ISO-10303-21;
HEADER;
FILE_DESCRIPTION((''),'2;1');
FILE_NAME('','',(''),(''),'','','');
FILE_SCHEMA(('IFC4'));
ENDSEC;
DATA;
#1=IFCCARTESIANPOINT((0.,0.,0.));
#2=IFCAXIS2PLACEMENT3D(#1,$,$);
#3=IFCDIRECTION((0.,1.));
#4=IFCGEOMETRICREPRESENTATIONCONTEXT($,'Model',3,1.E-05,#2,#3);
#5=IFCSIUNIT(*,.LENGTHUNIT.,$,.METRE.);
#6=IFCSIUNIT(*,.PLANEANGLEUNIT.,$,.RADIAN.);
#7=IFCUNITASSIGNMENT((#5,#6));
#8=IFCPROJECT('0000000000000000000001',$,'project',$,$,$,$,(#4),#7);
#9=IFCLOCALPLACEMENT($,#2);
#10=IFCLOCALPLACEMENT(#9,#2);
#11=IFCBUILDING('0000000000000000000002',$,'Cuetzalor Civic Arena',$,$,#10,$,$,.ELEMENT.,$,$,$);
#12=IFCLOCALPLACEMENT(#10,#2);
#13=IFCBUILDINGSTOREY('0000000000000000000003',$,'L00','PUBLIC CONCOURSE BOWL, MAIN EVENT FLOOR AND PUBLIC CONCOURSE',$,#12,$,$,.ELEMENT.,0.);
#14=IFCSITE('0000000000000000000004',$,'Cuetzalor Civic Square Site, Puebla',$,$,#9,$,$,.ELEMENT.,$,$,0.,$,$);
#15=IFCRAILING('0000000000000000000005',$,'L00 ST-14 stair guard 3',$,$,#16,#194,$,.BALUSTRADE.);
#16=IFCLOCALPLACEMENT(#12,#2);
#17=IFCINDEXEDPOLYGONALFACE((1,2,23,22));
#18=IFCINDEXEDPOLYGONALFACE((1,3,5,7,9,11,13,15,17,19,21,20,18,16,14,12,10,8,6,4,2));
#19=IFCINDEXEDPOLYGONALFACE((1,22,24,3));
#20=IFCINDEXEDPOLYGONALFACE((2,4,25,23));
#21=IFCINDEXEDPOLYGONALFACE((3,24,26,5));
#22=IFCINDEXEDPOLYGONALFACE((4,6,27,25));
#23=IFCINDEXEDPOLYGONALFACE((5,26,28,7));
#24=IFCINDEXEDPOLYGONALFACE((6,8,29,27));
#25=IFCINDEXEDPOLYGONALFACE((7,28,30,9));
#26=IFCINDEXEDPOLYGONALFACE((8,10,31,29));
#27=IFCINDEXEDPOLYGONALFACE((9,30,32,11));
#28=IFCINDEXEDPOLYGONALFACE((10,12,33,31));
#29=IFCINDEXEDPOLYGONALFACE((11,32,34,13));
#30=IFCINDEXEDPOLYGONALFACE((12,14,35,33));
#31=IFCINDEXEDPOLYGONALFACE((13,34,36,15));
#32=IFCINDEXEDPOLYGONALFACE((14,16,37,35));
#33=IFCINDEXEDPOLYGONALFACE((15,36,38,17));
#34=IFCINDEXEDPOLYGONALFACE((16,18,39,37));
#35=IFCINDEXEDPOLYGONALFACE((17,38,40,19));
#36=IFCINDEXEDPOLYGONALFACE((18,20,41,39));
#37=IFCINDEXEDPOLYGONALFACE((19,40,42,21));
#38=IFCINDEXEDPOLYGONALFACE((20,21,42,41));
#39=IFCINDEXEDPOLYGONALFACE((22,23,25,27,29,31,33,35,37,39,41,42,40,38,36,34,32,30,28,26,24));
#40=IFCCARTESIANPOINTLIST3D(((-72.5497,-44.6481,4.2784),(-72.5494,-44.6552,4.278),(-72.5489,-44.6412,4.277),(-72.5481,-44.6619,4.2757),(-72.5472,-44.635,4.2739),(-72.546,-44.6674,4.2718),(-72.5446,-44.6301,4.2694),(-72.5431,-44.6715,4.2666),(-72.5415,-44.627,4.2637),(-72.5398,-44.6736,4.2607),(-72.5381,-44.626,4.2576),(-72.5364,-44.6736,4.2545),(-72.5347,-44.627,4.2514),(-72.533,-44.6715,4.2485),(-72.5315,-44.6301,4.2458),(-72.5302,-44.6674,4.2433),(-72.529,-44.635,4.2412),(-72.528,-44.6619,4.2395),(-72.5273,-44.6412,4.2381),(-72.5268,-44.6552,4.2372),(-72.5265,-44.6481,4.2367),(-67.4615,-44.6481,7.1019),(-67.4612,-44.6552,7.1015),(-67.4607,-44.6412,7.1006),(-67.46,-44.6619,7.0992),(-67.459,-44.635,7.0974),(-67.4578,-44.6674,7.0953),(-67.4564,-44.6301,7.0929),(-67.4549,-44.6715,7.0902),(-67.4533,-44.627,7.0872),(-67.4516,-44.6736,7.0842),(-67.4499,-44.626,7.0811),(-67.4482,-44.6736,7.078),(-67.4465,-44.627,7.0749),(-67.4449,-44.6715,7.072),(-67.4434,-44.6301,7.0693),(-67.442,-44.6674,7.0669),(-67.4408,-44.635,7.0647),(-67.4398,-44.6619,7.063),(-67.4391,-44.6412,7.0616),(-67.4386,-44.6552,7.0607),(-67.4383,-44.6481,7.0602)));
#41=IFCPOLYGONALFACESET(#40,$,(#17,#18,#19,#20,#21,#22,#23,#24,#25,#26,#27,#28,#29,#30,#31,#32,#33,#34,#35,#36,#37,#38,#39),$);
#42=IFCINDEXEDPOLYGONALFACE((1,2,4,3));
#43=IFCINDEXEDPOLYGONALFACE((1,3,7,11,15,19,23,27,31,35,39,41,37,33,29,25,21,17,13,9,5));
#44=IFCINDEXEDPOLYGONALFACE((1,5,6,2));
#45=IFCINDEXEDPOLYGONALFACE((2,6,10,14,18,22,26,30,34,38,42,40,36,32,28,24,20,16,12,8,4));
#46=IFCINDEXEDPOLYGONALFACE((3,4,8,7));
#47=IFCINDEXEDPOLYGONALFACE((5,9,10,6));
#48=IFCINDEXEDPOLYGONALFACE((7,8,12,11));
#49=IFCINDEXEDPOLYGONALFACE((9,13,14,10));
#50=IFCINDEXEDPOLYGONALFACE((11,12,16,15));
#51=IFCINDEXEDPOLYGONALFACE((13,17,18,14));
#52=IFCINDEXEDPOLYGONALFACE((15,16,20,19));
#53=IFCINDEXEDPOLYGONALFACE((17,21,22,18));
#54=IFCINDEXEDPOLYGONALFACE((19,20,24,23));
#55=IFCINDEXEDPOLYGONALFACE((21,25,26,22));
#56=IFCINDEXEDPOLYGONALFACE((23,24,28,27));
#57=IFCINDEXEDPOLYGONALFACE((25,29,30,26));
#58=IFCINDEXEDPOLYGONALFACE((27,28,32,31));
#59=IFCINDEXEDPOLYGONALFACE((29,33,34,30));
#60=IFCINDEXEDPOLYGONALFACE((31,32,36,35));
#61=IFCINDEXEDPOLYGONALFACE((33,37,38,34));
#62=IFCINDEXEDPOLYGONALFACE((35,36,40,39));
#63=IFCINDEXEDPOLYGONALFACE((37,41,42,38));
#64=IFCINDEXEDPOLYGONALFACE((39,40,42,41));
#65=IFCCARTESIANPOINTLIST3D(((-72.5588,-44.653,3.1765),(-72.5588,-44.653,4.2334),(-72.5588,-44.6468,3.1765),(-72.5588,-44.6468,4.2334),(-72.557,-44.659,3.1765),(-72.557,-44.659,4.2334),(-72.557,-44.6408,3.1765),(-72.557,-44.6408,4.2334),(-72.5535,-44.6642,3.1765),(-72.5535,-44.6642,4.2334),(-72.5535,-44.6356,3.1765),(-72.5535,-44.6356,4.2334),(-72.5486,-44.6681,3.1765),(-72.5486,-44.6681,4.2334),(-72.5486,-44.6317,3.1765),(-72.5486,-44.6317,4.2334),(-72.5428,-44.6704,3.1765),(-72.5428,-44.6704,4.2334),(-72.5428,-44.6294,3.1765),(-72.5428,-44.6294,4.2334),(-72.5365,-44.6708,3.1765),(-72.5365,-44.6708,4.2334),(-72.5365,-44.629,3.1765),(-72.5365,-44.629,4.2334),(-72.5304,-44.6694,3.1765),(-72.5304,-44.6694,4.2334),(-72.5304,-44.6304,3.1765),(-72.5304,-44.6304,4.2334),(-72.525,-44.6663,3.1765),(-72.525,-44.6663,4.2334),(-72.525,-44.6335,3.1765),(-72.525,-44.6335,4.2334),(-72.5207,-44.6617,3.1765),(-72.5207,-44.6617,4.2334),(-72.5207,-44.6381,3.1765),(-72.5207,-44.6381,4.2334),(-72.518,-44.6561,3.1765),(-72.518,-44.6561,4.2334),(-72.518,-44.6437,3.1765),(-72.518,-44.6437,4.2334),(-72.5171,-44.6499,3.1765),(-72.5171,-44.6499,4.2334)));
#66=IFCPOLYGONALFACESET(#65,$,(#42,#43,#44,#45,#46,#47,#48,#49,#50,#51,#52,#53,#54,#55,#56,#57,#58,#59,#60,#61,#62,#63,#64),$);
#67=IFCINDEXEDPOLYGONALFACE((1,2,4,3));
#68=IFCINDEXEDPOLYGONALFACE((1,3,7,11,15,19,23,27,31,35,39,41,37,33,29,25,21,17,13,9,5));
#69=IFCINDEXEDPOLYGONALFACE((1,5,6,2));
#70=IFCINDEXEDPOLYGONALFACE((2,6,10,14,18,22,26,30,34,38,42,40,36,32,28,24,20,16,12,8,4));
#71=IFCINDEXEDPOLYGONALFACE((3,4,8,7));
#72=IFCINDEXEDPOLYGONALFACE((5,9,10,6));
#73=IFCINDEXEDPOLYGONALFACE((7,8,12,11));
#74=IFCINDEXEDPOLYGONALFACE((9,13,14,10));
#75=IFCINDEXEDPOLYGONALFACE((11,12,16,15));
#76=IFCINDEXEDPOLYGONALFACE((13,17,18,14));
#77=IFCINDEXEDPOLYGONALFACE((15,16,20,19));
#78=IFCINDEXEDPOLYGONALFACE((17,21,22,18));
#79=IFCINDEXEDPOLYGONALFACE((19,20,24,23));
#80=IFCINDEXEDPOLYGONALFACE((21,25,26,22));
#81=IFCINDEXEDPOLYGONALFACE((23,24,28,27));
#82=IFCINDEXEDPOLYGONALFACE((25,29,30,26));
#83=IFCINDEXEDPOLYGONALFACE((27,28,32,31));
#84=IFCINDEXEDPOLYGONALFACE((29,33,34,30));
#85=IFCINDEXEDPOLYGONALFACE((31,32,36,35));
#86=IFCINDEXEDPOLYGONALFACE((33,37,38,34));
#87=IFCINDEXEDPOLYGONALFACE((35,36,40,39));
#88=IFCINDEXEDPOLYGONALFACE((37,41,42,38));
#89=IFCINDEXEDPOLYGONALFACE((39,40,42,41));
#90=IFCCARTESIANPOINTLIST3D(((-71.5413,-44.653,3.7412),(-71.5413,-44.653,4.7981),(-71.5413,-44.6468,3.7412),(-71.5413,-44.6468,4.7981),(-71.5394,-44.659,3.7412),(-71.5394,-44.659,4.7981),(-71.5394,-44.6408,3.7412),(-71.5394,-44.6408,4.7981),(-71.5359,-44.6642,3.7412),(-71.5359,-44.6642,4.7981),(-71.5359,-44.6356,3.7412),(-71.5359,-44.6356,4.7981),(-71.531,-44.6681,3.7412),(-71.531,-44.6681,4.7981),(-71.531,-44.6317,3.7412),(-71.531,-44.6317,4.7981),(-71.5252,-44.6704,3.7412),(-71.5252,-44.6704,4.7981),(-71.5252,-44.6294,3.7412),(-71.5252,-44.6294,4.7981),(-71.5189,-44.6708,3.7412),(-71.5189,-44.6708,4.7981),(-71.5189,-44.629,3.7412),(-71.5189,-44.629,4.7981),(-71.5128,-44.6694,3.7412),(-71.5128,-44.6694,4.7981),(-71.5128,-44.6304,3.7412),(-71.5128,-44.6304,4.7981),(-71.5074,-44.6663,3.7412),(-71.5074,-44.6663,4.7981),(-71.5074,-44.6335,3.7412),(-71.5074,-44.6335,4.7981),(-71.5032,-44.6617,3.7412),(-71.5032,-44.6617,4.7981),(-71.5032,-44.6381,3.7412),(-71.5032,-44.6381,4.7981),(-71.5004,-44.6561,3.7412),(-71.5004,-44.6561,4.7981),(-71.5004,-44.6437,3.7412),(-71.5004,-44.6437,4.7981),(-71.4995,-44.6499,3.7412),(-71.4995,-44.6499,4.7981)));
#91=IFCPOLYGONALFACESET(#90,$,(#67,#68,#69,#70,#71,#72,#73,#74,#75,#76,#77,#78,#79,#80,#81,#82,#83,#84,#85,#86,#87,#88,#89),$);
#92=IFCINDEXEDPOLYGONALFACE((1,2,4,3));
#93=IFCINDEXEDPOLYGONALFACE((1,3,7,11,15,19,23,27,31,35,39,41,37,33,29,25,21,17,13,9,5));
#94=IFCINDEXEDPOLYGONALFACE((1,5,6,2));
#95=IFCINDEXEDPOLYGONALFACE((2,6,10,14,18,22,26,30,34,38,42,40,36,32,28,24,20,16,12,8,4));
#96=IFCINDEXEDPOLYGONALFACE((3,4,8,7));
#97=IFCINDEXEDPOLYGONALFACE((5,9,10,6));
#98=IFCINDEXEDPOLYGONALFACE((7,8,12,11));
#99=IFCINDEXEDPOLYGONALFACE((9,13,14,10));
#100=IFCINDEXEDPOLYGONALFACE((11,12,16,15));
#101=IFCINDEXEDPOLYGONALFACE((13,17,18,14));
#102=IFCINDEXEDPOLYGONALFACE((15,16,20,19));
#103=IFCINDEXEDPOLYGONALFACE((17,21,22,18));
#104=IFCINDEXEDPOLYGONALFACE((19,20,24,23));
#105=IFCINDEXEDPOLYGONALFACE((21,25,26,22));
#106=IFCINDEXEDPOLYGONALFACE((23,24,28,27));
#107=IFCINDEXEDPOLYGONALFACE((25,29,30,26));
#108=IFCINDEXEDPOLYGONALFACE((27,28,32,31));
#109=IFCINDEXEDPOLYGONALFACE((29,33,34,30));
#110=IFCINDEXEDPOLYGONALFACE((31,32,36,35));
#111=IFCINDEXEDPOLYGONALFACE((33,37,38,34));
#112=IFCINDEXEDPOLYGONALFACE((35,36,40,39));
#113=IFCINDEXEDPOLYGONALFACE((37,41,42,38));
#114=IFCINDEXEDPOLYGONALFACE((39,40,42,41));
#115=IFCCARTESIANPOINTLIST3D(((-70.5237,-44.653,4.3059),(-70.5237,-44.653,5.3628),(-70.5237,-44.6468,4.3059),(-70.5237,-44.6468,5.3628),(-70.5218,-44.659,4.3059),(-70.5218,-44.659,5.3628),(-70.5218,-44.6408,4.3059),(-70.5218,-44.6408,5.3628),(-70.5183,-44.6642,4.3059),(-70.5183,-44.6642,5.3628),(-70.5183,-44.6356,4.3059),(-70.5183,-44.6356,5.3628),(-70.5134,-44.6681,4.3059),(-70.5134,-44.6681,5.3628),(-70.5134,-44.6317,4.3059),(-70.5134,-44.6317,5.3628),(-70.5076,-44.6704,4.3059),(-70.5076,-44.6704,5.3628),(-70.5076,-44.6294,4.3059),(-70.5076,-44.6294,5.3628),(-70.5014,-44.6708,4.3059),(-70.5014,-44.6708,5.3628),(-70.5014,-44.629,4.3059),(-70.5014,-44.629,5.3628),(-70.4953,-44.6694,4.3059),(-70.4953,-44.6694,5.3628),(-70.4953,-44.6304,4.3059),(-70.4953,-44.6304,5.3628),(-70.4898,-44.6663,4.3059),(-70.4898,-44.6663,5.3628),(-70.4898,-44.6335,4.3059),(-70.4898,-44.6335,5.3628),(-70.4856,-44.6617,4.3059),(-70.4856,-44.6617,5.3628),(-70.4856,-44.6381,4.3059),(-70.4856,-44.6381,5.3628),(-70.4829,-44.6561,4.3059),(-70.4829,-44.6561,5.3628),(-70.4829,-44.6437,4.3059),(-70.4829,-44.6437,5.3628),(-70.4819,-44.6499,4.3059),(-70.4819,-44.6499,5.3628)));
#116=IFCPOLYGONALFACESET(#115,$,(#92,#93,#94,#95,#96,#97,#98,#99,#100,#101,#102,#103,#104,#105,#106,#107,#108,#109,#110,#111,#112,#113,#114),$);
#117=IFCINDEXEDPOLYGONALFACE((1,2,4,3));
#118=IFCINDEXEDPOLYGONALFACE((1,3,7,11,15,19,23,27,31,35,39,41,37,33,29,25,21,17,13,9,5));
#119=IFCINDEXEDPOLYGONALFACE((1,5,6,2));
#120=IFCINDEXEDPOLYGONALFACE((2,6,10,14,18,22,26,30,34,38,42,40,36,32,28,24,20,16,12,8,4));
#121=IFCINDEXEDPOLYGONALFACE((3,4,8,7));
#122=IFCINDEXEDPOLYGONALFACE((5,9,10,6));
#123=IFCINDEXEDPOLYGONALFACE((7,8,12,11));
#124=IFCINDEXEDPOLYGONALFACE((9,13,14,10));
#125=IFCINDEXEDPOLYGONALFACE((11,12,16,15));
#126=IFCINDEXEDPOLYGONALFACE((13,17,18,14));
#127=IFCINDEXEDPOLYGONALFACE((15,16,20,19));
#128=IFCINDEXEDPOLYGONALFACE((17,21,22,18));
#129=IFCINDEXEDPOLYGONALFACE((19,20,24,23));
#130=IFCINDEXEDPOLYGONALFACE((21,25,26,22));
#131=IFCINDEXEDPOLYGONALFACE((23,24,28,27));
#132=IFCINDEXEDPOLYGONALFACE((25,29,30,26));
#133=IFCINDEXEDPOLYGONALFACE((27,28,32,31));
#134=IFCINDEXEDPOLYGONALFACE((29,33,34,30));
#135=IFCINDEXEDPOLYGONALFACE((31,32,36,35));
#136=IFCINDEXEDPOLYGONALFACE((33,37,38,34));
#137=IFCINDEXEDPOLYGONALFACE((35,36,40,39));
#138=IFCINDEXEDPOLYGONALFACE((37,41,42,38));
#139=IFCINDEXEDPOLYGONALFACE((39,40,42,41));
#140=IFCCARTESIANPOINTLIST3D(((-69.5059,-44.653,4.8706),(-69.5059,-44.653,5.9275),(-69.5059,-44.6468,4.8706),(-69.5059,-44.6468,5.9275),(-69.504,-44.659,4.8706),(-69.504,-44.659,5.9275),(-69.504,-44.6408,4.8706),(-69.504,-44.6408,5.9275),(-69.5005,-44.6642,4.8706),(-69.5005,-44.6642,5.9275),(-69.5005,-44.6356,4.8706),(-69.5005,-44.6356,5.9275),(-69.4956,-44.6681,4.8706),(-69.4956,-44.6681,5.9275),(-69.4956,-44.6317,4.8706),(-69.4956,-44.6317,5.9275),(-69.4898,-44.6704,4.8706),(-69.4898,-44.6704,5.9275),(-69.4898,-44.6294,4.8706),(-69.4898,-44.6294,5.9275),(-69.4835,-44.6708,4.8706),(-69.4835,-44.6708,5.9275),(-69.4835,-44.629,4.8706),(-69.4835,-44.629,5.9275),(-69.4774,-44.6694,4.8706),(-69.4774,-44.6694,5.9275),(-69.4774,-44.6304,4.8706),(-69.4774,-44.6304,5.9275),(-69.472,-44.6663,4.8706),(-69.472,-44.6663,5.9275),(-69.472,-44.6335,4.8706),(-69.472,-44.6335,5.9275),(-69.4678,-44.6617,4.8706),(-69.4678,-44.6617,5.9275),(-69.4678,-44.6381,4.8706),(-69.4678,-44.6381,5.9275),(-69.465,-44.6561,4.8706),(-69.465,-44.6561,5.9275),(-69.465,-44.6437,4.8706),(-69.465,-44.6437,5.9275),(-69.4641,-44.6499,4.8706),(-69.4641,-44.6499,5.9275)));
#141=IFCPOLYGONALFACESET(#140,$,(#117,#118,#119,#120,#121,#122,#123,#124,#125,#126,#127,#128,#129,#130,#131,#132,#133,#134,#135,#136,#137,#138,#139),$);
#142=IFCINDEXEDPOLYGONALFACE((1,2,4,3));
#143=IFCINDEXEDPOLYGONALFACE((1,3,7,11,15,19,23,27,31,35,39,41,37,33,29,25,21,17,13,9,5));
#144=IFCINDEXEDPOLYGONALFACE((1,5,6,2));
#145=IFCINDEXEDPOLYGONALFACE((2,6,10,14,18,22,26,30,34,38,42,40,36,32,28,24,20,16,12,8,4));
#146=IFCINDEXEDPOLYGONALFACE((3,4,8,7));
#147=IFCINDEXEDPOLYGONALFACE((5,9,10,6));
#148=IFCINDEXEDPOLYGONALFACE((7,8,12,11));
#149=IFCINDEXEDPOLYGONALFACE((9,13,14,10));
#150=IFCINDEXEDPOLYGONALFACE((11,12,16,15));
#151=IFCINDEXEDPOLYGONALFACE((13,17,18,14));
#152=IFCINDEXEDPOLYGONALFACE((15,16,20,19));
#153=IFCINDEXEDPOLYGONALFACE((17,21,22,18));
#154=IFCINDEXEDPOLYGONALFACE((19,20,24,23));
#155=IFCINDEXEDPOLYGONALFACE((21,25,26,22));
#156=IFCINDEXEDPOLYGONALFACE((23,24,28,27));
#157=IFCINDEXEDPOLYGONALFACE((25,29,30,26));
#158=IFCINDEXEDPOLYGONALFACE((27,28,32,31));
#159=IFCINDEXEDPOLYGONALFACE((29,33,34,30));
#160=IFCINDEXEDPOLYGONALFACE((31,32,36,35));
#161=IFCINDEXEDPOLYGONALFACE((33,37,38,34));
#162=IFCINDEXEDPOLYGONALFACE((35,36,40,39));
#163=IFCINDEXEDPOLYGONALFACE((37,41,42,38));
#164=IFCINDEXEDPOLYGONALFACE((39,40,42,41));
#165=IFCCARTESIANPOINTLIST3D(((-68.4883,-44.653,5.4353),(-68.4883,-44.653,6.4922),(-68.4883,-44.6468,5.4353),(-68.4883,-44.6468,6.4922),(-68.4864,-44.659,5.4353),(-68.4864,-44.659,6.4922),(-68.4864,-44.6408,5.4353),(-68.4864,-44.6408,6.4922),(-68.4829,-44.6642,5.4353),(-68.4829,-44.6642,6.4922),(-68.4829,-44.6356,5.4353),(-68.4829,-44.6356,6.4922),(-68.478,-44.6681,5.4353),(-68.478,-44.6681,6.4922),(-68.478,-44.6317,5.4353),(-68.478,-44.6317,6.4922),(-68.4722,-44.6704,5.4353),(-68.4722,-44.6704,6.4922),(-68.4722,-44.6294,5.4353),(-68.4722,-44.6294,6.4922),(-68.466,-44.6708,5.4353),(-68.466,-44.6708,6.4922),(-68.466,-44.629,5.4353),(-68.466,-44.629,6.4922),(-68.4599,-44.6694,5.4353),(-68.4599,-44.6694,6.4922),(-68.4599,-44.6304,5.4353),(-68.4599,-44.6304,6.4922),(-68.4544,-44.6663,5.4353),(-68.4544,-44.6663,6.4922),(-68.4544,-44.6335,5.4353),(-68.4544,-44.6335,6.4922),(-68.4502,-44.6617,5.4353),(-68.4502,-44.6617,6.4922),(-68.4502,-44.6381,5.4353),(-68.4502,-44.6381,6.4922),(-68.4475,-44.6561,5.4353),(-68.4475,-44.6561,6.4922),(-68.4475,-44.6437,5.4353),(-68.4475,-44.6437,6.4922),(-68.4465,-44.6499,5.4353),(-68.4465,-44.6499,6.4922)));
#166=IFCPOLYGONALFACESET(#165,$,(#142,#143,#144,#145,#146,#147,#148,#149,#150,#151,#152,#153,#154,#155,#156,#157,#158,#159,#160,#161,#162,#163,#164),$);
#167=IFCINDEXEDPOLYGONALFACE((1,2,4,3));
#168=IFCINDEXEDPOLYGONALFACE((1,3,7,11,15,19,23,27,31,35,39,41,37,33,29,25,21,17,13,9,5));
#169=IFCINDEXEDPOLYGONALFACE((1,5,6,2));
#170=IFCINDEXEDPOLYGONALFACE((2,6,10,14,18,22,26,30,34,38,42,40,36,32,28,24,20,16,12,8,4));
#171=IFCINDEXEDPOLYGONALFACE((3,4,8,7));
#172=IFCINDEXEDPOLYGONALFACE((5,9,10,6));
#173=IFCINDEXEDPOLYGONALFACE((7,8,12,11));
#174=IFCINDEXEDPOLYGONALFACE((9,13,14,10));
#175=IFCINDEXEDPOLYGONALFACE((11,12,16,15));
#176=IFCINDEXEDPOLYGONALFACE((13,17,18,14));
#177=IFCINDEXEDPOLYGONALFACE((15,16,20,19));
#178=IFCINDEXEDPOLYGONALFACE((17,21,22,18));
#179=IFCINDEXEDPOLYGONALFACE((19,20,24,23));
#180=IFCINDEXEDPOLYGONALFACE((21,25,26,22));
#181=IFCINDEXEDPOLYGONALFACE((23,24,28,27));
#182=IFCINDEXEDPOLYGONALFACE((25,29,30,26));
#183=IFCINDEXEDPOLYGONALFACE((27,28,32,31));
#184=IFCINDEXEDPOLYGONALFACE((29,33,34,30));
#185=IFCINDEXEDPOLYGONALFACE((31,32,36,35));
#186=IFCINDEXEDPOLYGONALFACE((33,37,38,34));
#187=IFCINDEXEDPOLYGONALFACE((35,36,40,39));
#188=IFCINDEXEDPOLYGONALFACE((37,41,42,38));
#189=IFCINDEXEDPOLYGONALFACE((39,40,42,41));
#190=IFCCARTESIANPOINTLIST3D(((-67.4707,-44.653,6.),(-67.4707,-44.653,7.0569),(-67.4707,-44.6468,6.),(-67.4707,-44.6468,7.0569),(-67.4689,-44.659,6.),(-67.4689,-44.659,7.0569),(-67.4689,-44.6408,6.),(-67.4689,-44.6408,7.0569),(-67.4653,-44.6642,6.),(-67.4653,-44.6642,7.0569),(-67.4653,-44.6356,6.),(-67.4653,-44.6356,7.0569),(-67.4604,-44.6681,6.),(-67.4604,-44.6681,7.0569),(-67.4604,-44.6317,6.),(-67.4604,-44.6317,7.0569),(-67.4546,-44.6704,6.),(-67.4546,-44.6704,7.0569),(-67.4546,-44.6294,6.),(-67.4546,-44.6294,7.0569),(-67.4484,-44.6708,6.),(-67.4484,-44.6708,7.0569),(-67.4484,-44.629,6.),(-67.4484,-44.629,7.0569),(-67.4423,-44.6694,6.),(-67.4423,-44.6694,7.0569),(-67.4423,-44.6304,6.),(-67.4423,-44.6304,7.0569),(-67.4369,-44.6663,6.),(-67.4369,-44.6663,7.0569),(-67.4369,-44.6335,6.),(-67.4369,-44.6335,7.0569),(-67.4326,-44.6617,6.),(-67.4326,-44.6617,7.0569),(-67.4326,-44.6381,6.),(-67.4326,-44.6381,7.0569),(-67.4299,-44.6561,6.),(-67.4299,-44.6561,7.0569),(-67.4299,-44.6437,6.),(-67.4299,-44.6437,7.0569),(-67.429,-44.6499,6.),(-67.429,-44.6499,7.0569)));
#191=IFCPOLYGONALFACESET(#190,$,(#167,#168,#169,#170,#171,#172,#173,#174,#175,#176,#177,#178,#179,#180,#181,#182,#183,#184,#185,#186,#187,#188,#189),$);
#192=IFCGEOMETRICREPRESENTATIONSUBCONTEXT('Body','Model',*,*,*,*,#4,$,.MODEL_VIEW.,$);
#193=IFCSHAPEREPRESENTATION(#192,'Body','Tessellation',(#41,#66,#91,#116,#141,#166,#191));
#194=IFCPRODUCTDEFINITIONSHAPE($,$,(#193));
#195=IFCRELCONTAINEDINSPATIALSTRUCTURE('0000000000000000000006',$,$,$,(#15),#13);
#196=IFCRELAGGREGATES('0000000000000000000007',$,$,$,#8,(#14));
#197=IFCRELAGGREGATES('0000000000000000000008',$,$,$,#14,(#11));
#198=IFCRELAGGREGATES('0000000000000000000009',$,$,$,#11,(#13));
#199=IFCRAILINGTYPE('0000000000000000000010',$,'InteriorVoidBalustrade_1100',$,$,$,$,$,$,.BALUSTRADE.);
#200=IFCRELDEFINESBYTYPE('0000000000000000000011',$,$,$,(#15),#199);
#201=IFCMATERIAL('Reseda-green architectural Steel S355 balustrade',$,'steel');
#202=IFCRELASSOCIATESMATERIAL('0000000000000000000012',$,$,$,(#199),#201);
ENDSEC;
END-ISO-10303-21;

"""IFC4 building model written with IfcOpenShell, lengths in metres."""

from ifc_helpers import new_model, si_unit, direction, frame, origin, origin_2d, place, context, subcontext, project, spatial, circle, extrude, material, type_object, element, save


model = new_model("IFC4")

# Units and contexts
model_context = context("Model", 3, precision=1e-05, world=origin(), true_north=direction((0.0, 1.0)))
body_context = subcontext(model_context, "Body", "Model", "MODEL_VIEW")
ifc_project = project(units=[si_unit("LENGTHUNIT", "METRE"), si_unit("PLANEANGLEUNIT", "RADIAN")], contexts=[model_context])

# Site, building, storey
site_placement = place(None, origin())
site = spatial("IfcSite", under=ifc_project, at=site_placement, Name="Cuetzalor Civic Square Site, Puebla", CompositionType="ELEMENT", RefElevation=0.0)
building_placement = place(site_placement, origin())
building = spatial("IfcBuilding", under=site, at=building_placement, Name="Cuetzalor Civic Arena", CompositionType="ELEMENT")
storey_placement = place(building_placement, origin())
storey = spatial("IfcBuildingStorey", under=building, at=storey_placement, Name="L00", Description="PUBLIC CONCOURSE BOWL, MAIN EVENT FLOOR AND PUBLIC CONCOURSE", CompositionType="ELEMENT", Elevation=0.0)

# Railing
ifc_material_1 = material(Name="Reseda-green architectural Steel S355 balustrade", Category="steel")
railing_type_1 = type_object("IfcRailingType", Name="InteriorVoidBalustrade_1100", PredefinedType="BALUSTRADE", material=ifc_material_1)
railing_1_placement = place(storey_placement, frame((-72.5381, -44.6499, 3.1765)))
element("IfcRailing", 1, at=railing_1_placement, inside=storey, type_object=railing_type_1, Name="L00 ST-14 stair guard 3", PredefinedType="BALUSTRADE", context=body_context, shape_type="SweptSolid", body=[
    extrude(circle(Radius=0.0239, at=origin_2d()), frame((0.0, 0.0, 1.0811), z_axis=(0.874395, 0.0, 0.485215), x_axis=(0.0, 1.0, 0.0)), (0.0, 0.0, 1.0), 5.8191),
    extrude(circle(Radius=0.021, at=origin_2d()), origin(), (0.0, 0.0, 1.0), 1.0569),
    extrude(circle(Radius=0.021, at=origin_2d()), frame((1.0176, 0.0, 0.5647)), (0.0, 0.0, 1.0), 1.0569),
    extrude(circle(Radius=0.021, at=origin_2d()), frame((2.0352, 0.0, 1.1294)), (0.0, 0.0, 1.0), 1.0569),
    extrude(circle(Radius=0.021, at=origin_2d()), frame((3.053, 0.0, 1.6941)), (0.0, 0.0, 1.0), 1.0569),
    extrude(circle(Radius=0.021, at=origin_2d()), frame((4.0706, 0.0, 2.2588)), (0.0, 0.0, 1.0), 1.0569),
    extrude(circle(Radius=0.021, at=origin_2d()), frame((5.0881, 0.0, 2.8235)), (0.0, 0.0, 1.0), 1.0569),
])

save(model, "model.ifc")
